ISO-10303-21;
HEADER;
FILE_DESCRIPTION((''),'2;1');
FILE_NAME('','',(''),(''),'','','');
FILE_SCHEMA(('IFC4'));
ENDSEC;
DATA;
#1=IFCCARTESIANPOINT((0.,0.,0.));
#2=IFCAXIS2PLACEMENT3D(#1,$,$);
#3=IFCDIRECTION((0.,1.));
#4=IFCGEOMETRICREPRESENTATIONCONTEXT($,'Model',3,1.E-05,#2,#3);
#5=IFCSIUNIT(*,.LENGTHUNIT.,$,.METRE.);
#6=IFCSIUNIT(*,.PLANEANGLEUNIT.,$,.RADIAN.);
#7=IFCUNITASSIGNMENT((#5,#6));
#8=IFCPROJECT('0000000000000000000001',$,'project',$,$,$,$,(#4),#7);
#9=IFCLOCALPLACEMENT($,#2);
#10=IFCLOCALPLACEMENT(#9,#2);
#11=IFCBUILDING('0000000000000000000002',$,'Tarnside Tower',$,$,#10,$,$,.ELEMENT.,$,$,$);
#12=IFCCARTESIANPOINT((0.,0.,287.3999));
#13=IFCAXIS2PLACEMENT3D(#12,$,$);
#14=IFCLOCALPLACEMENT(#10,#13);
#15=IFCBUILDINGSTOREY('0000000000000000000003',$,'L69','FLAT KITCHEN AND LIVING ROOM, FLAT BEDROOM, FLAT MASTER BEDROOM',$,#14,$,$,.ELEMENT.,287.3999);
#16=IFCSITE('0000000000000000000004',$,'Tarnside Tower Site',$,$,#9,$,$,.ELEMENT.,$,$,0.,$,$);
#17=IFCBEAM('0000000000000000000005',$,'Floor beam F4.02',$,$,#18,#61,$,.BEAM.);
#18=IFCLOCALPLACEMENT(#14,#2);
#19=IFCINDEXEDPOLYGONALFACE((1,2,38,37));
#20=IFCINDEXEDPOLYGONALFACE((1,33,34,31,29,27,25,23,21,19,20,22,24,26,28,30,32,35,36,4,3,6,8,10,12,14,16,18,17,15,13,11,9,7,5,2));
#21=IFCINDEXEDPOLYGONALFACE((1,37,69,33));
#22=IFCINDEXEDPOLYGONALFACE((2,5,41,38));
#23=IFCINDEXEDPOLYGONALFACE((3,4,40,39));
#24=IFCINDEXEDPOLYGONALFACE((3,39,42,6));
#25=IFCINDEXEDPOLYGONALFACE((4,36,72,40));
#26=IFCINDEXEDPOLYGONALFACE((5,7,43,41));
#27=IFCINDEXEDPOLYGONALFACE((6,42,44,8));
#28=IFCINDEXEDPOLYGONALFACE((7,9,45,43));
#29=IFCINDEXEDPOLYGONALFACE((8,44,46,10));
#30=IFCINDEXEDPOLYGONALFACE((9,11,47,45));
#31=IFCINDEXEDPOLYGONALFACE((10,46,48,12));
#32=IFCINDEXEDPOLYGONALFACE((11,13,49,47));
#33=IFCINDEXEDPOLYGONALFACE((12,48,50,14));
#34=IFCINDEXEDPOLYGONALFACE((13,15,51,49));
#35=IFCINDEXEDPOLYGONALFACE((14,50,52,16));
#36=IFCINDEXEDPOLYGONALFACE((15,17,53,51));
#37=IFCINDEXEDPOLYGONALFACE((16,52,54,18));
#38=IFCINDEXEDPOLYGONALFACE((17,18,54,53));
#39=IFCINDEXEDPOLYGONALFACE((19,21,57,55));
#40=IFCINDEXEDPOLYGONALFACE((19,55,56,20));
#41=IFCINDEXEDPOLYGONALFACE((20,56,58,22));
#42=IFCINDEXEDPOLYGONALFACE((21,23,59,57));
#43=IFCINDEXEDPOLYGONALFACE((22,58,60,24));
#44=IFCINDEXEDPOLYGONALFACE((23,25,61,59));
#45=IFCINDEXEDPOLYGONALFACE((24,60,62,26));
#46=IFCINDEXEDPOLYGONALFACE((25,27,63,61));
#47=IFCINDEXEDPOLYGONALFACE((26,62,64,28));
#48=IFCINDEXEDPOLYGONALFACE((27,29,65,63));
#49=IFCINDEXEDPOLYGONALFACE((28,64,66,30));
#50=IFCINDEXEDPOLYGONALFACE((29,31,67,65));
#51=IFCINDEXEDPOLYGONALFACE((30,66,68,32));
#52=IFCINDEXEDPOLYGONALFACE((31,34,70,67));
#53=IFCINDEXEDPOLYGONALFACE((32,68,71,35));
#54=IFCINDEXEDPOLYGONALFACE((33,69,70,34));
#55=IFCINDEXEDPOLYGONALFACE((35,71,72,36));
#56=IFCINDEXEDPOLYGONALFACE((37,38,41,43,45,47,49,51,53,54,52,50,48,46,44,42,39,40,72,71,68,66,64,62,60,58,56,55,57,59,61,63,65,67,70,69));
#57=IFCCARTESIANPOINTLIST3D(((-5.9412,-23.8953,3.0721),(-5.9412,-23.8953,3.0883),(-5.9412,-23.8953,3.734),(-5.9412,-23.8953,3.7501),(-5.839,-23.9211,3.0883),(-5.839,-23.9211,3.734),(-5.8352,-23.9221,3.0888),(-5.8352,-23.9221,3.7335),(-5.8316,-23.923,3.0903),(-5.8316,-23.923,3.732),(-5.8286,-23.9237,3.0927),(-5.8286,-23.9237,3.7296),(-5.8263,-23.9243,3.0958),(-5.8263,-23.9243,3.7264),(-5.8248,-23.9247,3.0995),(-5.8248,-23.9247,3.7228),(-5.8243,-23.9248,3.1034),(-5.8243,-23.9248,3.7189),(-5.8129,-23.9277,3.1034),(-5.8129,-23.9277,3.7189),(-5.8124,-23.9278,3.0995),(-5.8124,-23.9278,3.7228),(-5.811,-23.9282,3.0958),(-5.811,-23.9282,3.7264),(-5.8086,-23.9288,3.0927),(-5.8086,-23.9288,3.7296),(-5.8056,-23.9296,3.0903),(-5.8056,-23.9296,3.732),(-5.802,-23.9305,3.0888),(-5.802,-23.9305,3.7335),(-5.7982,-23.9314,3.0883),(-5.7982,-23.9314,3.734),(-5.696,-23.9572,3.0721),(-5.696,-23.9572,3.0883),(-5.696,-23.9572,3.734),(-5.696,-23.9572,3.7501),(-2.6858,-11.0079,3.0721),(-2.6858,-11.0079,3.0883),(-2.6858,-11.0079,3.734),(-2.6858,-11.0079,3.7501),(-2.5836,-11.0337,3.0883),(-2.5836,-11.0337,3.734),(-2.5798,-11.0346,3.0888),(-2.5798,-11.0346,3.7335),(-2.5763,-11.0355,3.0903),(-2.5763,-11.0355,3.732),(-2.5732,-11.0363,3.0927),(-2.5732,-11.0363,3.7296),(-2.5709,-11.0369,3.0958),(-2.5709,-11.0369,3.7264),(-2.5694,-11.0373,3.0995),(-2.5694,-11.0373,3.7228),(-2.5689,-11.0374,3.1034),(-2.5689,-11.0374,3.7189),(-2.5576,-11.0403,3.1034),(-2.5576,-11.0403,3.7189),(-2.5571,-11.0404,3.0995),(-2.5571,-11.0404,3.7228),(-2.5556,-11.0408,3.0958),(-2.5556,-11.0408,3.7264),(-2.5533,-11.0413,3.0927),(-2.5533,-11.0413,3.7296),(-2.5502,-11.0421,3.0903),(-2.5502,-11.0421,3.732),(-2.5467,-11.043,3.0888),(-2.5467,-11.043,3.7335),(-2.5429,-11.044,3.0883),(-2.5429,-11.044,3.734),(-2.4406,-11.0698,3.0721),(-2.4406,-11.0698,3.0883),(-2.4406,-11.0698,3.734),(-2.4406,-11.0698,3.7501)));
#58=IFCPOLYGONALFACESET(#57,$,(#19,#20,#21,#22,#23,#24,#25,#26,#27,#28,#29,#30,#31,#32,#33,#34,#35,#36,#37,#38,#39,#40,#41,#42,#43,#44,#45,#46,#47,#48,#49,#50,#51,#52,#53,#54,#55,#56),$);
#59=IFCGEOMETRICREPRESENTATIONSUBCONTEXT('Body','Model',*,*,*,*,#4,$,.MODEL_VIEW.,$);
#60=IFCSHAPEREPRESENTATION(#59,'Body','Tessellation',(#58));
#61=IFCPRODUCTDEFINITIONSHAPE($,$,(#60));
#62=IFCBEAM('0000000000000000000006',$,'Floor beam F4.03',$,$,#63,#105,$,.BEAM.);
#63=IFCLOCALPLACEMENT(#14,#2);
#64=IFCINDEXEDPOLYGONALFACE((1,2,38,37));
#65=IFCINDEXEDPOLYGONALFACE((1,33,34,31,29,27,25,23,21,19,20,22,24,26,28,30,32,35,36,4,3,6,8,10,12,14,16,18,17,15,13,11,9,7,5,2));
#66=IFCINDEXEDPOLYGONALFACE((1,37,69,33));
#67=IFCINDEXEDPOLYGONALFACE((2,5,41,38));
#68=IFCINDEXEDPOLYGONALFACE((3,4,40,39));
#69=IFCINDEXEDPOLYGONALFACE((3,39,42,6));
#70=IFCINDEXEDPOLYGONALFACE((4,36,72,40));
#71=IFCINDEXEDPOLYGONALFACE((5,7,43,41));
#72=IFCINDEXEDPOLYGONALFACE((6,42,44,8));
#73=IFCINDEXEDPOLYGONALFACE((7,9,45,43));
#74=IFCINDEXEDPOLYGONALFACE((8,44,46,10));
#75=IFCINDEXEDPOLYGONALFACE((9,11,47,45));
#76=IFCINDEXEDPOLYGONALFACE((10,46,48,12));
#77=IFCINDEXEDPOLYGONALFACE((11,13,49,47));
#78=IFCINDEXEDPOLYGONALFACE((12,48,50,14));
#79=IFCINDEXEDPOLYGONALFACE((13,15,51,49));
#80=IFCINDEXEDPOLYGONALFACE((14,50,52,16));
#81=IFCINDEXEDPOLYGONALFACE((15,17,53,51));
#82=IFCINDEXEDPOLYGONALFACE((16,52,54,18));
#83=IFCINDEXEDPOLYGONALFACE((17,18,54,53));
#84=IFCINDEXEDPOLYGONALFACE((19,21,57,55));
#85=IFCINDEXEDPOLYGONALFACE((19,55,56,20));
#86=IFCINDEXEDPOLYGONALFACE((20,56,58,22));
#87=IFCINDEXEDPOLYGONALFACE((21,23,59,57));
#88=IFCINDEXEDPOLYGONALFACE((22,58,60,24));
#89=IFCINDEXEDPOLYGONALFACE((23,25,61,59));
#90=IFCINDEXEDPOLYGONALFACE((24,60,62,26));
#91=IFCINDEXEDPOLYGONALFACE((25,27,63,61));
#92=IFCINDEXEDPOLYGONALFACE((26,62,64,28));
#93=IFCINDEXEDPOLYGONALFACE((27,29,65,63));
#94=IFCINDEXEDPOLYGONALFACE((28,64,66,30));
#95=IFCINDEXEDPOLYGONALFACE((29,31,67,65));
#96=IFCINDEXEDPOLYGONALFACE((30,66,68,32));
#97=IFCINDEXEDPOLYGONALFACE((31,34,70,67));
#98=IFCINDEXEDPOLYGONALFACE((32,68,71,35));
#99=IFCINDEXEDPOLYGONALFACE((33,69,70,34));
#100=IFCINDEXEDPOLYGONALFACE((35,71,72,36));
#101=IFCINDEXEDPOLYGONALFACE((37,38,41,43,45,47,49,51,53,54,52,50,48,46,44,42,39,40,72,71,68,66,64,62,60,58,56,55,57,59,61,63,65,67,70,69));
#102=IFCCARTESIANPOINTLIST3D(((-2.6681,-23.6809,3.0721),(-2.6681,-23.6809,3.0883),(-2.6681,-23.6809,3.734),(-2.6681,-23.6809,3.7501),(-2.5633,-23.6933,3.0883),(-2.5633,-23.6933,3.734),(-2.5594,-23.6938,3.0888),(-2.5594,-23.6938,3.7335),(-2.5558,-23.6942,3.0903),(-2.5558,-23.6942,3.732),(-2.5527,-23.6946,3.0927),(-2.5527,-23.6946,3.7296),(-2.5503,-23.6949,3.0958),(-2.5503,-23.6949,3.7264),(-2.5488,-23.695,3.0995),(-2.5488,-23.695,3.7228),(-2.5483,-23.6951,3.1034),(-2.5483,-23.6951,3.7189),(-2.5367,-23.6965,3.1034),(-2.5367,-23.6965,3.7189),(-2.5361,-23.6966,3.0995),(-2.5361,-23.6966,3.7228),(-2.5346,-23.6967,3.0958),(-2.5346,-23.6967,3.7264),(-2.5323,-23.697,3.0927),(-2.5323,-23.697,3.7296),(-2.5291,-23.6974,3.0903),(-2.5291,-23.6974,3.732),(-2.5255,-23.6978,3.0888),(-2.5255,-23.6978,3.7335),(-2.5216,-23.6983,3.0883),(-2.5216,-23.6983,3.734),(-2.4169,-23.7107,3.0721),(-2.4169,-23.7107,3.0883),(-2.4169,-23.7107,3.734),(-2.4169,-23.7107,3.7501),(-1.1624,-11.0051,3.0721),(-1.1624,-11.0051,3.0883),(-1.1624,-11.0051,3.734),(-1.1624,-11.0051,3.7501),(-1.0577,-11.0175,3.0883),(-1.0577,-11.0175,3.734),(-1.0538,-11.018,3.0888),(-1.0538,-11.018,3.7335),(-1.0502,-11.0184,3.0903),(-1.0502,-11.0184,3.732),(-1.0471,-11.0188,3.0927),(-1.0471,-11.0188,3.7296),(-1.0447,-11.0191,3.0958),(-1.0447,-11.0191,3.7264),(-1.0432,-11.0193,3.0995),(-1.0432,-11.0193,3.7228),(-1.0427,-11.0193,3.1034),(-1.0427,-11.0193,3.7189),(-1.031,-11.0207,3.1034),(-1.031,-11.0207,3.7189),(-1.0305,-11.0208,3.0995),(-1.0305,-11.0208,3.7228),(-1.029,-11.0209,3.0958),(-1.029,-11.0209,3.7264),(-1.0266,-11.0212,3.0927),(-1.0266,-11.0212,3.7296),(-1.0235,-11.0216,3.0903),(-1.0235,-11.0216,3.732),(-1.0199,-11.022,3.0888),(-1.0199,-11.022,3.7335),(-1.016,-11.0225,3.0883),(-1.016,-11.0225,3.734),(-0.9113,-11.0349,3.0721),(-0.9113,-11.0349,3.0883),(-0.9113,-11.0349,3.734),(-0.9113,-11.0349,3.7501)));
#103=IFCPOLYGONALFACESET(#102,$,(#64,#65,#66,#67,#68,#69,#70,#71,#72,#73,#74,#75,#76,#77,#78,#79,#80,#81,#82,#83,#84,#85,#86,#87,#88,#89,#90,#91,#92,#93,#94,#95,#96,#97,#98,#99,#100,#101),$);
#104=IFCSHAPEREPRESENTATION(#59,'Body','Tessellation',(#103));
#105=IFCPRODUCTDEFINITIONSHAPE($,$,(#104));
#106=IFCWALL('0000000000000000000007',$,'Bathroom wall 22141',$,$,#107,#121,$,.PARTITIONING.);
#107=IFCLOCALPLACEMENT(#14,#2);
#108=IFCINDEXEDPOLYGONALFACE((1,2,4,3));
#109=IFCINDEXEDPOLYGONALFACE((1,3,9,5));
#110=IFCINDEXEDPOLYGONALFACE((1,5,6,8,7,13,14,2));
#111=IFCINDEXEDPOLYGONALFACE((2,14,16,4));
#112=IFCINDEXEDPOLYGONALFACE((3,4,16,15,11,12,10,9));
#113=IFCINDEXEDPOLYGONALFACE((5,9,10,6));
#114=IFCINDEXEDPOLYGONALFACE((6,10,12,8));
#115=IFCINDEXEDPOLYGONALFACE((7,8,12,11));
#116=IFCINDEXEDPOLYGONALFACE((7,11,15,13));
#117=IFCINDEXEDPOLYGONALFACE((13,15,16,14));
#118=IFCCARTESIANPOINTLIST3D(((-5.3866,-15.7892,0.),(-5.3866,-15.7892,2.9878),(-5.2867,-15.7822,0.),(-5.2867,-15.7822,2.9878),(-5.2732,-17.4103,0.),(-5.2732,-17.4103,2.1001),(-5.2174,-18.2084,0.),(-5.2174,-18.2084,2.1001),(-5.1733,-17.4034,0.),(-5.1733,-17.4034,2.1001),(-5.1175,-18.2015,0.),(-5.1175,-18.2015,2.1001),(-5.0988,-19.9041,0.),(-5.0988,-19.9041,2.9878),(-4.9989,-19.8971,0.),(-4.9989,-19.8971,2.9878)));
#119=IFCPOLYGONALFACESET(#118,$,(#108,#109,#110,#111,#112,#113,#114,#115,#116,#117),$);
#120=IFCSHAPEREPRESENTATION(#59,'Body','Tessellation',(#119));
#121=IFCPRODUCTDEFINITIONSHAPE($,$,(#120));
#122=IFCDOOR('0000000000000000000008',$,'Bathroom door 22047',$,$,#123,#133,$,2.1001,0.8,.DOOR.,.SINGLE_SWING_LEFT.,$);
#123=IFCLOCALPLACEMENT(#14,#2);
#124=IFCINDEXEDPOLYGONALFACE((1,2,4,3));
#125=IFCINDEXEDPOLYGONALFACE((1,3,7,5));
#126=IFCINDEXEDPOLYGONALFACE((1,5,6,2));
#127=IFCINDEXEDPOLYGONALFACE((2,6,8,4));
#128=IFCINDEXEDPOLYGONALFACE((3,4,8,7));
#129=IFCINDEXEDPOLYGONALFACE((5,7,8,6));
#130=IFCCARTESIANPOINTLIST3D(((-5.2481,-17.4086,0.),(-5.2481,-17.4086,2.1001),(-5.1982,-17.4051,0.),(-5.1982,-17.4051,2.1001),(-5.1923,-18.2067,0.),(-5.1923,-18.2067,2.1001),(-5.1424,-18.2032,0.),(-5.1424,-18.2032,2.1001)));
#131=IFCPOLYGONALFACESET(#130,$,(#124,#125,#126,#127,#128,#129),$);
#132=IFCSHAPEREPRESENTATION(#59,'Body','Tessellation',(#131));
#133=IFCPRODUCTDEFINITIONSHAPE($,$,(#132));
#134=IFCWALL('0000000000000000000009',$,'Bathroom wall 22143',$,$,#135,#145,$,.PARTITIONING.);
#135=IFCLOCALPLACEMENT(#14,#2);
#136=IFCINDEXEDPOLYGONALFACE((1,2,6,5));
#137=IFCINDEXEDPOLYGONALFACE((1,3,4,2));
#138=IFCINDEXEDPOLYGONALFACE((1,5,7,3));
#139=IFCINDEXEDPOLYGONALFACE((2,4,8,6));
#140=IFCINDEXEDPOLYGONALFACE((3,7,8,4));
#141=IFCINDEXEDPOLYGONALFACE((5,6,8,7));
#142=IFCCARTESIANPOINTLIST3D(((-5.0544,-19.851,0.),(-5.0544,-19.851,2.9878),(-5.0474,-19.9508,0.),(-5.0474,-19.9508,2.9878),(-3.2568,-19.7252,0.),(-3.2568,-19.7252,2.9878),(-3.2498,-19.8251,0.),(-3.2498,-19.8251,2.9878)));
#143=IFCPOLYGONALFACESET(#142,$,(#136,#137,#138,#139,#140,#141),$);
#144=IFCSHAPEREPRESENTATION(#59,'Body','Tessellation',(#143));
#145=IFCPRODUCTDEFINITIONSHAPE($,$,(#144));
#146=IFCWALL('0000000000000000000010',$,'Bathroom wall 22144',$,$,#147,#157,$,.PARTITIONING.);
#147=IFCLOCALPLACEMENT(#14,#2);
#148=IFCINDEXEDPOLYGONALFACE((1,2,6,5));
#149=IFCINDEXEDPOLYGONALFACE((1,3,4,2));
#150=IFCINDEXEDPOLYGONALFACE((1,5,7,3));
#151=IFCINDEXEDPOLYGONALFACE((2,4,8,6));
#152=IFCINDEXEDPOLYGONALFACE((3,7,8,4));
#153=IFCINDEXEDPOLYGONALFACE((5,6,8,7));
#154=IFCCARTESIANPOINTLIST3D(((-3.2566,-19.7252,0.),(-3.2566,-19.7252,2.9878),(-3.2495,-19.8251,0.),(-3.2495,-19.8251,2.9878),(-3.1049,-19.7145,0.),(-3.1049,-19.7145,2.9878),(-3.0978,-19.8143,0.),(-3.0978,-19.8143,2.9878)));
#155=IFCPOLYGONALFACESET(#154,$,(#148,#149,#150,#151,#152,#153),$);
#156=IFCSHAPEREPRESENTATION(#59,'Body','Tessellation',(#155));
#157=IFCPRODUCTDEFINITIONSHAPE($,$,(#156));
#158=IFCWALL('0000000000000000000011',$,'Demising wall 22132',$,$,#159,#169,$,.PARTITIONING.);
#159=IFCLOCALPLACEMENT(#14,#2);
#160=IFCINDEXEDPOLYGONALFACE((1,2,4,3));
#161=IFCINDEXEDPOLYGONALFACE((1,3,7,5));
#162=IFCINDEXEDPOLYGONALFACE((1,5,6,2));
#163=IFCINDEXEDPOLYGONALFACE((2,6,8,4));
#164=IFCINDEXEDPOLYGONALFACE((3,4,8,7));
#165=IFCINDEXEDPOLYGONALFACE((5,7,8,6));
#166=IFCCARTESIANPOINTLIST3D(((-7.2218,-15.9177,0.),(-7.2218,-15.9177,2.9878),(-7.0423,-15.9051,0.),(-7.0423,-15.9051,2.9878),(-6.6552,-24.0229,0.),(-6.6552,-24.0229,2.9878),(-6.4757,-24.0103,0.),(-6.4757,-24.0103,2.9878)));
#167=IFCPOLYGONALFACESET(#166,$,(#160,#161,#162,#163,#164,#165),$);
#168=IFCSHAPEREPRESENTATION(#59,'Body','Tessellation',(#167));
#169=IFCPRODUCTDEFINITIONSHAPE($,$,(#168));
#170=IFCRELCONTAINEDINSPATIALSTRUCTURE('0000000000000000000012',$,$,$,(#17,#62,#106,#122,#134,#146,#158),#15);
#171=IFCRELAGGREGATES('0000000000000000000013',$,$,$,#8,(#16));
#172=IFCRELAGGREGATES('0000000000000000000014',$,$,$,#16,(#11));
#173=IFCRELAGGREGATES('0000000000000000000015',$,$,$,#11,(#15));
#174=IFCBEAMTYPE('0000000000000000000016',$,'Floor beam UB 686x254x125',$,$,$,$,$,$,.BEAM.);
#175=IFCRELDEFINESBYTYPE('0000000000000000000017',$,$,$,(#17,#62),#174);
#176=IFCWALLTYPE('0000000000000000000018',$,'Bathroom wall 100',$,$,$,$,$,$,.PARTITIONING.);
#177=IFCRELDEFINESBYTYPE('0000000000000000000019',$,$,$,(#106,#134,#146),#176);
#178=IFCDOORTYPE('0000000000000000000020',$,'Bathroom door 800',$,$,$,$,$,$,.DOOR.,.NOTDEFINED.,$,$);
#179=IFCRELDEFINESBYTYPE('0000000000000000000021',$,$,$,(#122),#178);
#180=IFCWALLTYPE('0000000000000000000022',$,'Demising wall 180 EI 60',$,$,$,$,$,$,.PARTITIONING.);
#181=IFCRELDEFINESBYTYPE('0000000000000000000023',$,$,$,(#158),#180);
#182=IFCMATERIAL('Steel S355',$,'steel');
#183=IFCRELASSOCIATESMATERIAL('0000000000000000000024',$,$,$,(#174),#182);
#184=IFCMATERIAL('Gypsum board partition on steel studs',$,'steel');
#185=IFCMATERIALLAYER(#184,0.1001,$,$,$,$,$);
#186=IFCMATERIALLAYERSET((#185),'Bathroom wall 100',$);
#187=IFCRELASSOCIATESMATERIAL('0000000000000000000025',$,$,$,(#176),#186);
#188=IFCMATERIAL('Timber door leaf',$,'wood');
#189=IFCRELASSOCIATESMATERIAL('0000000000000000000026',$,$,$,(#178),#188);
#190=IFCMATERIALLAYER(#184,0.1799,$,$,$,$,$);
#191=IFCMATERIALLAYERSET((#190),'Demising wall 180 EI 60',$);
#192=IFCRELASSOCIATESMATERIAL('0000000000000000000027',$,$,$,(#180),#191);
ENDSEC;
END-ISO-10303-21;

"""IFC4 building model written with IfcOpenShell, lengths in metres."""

from ifc_helpers import new_model, si_unit, direction, frame, frame_2d, origin, origin_2d, place, context, subcontext, project, spatial, rectangle, i_section, extrude, material, layer, layer_set, material_profile, profile_set, type_object, element, fill, save


model = new_model("IFC4")

# Units and contexts
model_context = context("Model", 3, precision=1e-05, world=origin(), true_north=direction((0.0, 1.0)))
body_context = subcontext(model_context, "Body", "Model", "MODEL_VIEW")
ifc_project = project(units=[si_unit("LENGTHUNIT", "METRE"), si_unit("PLANEANGLEUNIT", "RADIAN")], contexts=[model_context])

# Site, building, storey
site_placement = place(None, origin())
site = spatial("IfcSite", under=ifc_project, at=site_placement, Name="Tarnside Tower Site", CompositionType="ELEMENT", RefElevation=0.0)
building_placement = place(site_placement, origin())
building = spatial("IfcBuilding", under=site, at=building_placement, Name="Tarnside Tower", CompositionType="ELEMENT")
storey_placement = place(building_placement, frame((0.0, 0.0, 287.3999)))
storey = spatial("IfcBuildingStorey", under=building, at=storey_placement, Name="L69", Description="FLAT KITCHEN AND LIVING ROOM, FLAT BEDROOM, FLAT MASTER BEDROOM", CompositionType="ELEMENT", Elevation=287.3999)

# Beams
ifc_material_1 = material(Name="Steel S355", Category="steel")
ifc_material_profile = material_profile(ifc_material_1, i_section(OverallWidth=0.2529, OverallDepth=0.678, WebThickness=0.0117, FlangeThickness=0.0161, FilletRadius=0.0151, at=origin_2d()), Name="UB 686x254x125")
ifc_profile_set = profile_set([ifc_material_profile], Name="Steel S355")
beam_type = type_object("IfcBeamType", Name="Floor beam UB 686x254x125", PredefinedType="BEAM", material=ifc_profile_set)
beam_1_placement = place(storey_placement, frame((-5.8186, -23.9263, 3.4111), z_axis=(0.244908, 0.969546, 0.0), x_axis=(-0.969546, 0.244908, 0.0)))
element("IfcBeam", 1, at=beam_1_placement, inside=storey, type_object=beam_type, Name="Floor beam F4.02", PredefinedType="BEAM", context=body_context, shape_type="SweptSolid", body=[
    extrude(i_section(OverallWidth=0.2529, OverallDepth=0.678, WebThickness=0.0117, FlangeThickness=0.0161, FilletRadius=0.0151, at=origin_2d()), origin(), (0.0, 0.0, 1.0), 13.2922),
])
beam_2_placement = place(storey_placement, frame((-2.5425, -23.6958, 3.4111), z_axis=(0.11795, 0.99302, 0.0), x_axis=(-0.99302, 0.11795, 0.0)))
element("IfcBeam", 2, at=beam_2_placement, inside=storey, type_object=beam_type, Name="Floor beam F4.03", PredefinedType="BEAM", context=body_context, shape_type="SweptSolid", body=[
    extrude(i_section(OverallWidth=0.2529, OverallDepth=0.678, WebThickness=0.0117, FlangeThickness=0.0161, FilletRadius=0.0151, at=origin_2d()), origin(), (0.0, 0.0, 1.0), 12.7649),
])

# Wall, opening, door
ifc_material_2 = material(Name="Gypsum board partition on steel studs", Category="steel")
ifc_layer_1 = layer(ifc_material_2, 0.1001)
ifc_layer_set_1 = layer_set([ifc_layer_1], Name="Bathroom wall 100")
wall_type_1 = type_object("IfcWallType", Name="Bathroom wall 100", PredefinedType="PARTITIONING", material=ifc_layer_set_1)
wall_1_placement = place(storey_placement, frame((-5.0488, -19.9006, 0.0), z_axis=(0.0, 0.0, 1.0), x_axis=(-0.069779, 0.997562, 0.0)))
wall_1 = element("IfcWall", 3, at=wall_1_placement, inside=storey, type_object=wall_type_1, Name="Bathroom wall 22141", PredefinedType="PARTITIONING", context=body_context, shape_type="SweptSolid", body=[
    extrude(rectangle(XDim=4.125, YDim=0.1001, at=frame_2d((2.0625, 0.0))), origin(), (0.0, 0.0, 1.0), 2.9878),
])
opening_1_placement = place(wall_1_placement, frame((1.7, 0.0, 0.0)))
opening_1 = element("IfcOpeningElement", 4, at=opening_1_placement, cuts=wall_1, PredefinedType="OPENING", context=body_context, shape_type="SweptSolid", body=[
    extrude(rectangle(XDim=0.8, YDim=2.1001, at=frame_2d((0.3999, 1.05))), frame((0.0, 0.0601, 0.0), z_axis=(0.0, -1.0, 0.0), x_axis=(1.0, 0.0, 0.0)), (0.0, 0.0, 1.0), 0.1201),
])
ifc_material_3 = material(Name="Timber door leaf", Category="wood")
door_type_1 = type_object("IfcDoorType", Name="Bathroom door 800", OperationType="NOTDEFINED", PredefinedType="DOOR", material=ifc_material_3)
door_1_placement = place(opening_1_placement, origin())
door_1 = element("IfcDoor", 5, at=door_1_placement, inside=storey, type_object=door_type_1, Name="Bathroom door 22047", OperationType="SINGLE_SWING_LEFT", OverallHeight=2.1001, OverallWidth=0.8, PredefinedType="DOOR", context=body_context, shape_type="SweptSolid", body=[
    extrude(rectangle(XDim=0.8, YDim=2.1001, at=frame_2d((0.3999, 1.05))), frame((0.0, 0.0249, 0.0), z_axis=(0.0, -1.0, 0.0), x_axis=(1.0, 0.0, 0.0)), (0.0, 0.0, 1.0), 0.05),
])
fill(opening_1, door_1)

# Walls
wall_2_placement = place(storey_placement, frame((-5.0508, -19.9009, 0.0), z_axis=(0.0, 0.0, 1.0), x_axis=(0.997563, 0.069774, 0.0)))
element("IfcWall", 6, at=wall_2_placement, inside=storey, type_object=wall_type_1, Name="Bathroom wall 22143", PredefinedType="PARTITIONING", context=body_context, shape_type="SweptSolid", body=[
    extrude(rectangle(XDim=1.802, YDim=0.1001, at=frame_2d((0.9009, 0.0))), origin(), (0.0, 0.0, 1.0), 2.9878),
])
wall_3_placement = place(storey_placement, frame((-3.2532, -19.7751, 0.0), z_axis=(0.0, 0.0, 1.0), x_axis=(0.997499, 0.070676, 0.0)))
element("IfcWall", 7, at=wall_3_placement, inside=storey, type_object=wall_type_1, Name="Bathroom wall 22144", PredefinedType="PARTITIONING", context=body_context, shape_type="SweptSolid", body=[
    extrude(rectangle(XDim=0.1521, YDim=0.1001, at=frame_2d((0.0762, 0.0))), origin(), (0.0, 0.0, 1.0), 2.9878),
])
ifc_layer_2 = layer(ifc_material_2, 0.1799)
ifc_layer_set_2 = layer_set([ifc_layer_2], Name="Demising wall 180 EI 60")
wall_type_2 = type_object("IfcWallType", Name="Demising wall 180 EI 60", PredefinedType="PARTITIONING", material=ifc_layer_set_2)
wall_4_placement = place(storey_placement, frame((-6.5654, -24.0166, 0.0), z_axis=(0.0, 0.0, 1.0), x_axis=(-0.069742, 0.997565, 0.0)))
element("IfcWall", 8, at=wall_4_placement, inside=storey, type_object=wall_type_2, Name="Demising wall 22132", PredefinedType="PARTITIONING", context=body_context, shape_type="SweptSolid", body=[
    extrude(rectangle(XDim=8.125, YDim=0.1799, at=frame_2d((4.0625, 0.0))), origin(), (0.0, 0.0, 1.0), 2.9878),
])

save(model, "model.ifc")
